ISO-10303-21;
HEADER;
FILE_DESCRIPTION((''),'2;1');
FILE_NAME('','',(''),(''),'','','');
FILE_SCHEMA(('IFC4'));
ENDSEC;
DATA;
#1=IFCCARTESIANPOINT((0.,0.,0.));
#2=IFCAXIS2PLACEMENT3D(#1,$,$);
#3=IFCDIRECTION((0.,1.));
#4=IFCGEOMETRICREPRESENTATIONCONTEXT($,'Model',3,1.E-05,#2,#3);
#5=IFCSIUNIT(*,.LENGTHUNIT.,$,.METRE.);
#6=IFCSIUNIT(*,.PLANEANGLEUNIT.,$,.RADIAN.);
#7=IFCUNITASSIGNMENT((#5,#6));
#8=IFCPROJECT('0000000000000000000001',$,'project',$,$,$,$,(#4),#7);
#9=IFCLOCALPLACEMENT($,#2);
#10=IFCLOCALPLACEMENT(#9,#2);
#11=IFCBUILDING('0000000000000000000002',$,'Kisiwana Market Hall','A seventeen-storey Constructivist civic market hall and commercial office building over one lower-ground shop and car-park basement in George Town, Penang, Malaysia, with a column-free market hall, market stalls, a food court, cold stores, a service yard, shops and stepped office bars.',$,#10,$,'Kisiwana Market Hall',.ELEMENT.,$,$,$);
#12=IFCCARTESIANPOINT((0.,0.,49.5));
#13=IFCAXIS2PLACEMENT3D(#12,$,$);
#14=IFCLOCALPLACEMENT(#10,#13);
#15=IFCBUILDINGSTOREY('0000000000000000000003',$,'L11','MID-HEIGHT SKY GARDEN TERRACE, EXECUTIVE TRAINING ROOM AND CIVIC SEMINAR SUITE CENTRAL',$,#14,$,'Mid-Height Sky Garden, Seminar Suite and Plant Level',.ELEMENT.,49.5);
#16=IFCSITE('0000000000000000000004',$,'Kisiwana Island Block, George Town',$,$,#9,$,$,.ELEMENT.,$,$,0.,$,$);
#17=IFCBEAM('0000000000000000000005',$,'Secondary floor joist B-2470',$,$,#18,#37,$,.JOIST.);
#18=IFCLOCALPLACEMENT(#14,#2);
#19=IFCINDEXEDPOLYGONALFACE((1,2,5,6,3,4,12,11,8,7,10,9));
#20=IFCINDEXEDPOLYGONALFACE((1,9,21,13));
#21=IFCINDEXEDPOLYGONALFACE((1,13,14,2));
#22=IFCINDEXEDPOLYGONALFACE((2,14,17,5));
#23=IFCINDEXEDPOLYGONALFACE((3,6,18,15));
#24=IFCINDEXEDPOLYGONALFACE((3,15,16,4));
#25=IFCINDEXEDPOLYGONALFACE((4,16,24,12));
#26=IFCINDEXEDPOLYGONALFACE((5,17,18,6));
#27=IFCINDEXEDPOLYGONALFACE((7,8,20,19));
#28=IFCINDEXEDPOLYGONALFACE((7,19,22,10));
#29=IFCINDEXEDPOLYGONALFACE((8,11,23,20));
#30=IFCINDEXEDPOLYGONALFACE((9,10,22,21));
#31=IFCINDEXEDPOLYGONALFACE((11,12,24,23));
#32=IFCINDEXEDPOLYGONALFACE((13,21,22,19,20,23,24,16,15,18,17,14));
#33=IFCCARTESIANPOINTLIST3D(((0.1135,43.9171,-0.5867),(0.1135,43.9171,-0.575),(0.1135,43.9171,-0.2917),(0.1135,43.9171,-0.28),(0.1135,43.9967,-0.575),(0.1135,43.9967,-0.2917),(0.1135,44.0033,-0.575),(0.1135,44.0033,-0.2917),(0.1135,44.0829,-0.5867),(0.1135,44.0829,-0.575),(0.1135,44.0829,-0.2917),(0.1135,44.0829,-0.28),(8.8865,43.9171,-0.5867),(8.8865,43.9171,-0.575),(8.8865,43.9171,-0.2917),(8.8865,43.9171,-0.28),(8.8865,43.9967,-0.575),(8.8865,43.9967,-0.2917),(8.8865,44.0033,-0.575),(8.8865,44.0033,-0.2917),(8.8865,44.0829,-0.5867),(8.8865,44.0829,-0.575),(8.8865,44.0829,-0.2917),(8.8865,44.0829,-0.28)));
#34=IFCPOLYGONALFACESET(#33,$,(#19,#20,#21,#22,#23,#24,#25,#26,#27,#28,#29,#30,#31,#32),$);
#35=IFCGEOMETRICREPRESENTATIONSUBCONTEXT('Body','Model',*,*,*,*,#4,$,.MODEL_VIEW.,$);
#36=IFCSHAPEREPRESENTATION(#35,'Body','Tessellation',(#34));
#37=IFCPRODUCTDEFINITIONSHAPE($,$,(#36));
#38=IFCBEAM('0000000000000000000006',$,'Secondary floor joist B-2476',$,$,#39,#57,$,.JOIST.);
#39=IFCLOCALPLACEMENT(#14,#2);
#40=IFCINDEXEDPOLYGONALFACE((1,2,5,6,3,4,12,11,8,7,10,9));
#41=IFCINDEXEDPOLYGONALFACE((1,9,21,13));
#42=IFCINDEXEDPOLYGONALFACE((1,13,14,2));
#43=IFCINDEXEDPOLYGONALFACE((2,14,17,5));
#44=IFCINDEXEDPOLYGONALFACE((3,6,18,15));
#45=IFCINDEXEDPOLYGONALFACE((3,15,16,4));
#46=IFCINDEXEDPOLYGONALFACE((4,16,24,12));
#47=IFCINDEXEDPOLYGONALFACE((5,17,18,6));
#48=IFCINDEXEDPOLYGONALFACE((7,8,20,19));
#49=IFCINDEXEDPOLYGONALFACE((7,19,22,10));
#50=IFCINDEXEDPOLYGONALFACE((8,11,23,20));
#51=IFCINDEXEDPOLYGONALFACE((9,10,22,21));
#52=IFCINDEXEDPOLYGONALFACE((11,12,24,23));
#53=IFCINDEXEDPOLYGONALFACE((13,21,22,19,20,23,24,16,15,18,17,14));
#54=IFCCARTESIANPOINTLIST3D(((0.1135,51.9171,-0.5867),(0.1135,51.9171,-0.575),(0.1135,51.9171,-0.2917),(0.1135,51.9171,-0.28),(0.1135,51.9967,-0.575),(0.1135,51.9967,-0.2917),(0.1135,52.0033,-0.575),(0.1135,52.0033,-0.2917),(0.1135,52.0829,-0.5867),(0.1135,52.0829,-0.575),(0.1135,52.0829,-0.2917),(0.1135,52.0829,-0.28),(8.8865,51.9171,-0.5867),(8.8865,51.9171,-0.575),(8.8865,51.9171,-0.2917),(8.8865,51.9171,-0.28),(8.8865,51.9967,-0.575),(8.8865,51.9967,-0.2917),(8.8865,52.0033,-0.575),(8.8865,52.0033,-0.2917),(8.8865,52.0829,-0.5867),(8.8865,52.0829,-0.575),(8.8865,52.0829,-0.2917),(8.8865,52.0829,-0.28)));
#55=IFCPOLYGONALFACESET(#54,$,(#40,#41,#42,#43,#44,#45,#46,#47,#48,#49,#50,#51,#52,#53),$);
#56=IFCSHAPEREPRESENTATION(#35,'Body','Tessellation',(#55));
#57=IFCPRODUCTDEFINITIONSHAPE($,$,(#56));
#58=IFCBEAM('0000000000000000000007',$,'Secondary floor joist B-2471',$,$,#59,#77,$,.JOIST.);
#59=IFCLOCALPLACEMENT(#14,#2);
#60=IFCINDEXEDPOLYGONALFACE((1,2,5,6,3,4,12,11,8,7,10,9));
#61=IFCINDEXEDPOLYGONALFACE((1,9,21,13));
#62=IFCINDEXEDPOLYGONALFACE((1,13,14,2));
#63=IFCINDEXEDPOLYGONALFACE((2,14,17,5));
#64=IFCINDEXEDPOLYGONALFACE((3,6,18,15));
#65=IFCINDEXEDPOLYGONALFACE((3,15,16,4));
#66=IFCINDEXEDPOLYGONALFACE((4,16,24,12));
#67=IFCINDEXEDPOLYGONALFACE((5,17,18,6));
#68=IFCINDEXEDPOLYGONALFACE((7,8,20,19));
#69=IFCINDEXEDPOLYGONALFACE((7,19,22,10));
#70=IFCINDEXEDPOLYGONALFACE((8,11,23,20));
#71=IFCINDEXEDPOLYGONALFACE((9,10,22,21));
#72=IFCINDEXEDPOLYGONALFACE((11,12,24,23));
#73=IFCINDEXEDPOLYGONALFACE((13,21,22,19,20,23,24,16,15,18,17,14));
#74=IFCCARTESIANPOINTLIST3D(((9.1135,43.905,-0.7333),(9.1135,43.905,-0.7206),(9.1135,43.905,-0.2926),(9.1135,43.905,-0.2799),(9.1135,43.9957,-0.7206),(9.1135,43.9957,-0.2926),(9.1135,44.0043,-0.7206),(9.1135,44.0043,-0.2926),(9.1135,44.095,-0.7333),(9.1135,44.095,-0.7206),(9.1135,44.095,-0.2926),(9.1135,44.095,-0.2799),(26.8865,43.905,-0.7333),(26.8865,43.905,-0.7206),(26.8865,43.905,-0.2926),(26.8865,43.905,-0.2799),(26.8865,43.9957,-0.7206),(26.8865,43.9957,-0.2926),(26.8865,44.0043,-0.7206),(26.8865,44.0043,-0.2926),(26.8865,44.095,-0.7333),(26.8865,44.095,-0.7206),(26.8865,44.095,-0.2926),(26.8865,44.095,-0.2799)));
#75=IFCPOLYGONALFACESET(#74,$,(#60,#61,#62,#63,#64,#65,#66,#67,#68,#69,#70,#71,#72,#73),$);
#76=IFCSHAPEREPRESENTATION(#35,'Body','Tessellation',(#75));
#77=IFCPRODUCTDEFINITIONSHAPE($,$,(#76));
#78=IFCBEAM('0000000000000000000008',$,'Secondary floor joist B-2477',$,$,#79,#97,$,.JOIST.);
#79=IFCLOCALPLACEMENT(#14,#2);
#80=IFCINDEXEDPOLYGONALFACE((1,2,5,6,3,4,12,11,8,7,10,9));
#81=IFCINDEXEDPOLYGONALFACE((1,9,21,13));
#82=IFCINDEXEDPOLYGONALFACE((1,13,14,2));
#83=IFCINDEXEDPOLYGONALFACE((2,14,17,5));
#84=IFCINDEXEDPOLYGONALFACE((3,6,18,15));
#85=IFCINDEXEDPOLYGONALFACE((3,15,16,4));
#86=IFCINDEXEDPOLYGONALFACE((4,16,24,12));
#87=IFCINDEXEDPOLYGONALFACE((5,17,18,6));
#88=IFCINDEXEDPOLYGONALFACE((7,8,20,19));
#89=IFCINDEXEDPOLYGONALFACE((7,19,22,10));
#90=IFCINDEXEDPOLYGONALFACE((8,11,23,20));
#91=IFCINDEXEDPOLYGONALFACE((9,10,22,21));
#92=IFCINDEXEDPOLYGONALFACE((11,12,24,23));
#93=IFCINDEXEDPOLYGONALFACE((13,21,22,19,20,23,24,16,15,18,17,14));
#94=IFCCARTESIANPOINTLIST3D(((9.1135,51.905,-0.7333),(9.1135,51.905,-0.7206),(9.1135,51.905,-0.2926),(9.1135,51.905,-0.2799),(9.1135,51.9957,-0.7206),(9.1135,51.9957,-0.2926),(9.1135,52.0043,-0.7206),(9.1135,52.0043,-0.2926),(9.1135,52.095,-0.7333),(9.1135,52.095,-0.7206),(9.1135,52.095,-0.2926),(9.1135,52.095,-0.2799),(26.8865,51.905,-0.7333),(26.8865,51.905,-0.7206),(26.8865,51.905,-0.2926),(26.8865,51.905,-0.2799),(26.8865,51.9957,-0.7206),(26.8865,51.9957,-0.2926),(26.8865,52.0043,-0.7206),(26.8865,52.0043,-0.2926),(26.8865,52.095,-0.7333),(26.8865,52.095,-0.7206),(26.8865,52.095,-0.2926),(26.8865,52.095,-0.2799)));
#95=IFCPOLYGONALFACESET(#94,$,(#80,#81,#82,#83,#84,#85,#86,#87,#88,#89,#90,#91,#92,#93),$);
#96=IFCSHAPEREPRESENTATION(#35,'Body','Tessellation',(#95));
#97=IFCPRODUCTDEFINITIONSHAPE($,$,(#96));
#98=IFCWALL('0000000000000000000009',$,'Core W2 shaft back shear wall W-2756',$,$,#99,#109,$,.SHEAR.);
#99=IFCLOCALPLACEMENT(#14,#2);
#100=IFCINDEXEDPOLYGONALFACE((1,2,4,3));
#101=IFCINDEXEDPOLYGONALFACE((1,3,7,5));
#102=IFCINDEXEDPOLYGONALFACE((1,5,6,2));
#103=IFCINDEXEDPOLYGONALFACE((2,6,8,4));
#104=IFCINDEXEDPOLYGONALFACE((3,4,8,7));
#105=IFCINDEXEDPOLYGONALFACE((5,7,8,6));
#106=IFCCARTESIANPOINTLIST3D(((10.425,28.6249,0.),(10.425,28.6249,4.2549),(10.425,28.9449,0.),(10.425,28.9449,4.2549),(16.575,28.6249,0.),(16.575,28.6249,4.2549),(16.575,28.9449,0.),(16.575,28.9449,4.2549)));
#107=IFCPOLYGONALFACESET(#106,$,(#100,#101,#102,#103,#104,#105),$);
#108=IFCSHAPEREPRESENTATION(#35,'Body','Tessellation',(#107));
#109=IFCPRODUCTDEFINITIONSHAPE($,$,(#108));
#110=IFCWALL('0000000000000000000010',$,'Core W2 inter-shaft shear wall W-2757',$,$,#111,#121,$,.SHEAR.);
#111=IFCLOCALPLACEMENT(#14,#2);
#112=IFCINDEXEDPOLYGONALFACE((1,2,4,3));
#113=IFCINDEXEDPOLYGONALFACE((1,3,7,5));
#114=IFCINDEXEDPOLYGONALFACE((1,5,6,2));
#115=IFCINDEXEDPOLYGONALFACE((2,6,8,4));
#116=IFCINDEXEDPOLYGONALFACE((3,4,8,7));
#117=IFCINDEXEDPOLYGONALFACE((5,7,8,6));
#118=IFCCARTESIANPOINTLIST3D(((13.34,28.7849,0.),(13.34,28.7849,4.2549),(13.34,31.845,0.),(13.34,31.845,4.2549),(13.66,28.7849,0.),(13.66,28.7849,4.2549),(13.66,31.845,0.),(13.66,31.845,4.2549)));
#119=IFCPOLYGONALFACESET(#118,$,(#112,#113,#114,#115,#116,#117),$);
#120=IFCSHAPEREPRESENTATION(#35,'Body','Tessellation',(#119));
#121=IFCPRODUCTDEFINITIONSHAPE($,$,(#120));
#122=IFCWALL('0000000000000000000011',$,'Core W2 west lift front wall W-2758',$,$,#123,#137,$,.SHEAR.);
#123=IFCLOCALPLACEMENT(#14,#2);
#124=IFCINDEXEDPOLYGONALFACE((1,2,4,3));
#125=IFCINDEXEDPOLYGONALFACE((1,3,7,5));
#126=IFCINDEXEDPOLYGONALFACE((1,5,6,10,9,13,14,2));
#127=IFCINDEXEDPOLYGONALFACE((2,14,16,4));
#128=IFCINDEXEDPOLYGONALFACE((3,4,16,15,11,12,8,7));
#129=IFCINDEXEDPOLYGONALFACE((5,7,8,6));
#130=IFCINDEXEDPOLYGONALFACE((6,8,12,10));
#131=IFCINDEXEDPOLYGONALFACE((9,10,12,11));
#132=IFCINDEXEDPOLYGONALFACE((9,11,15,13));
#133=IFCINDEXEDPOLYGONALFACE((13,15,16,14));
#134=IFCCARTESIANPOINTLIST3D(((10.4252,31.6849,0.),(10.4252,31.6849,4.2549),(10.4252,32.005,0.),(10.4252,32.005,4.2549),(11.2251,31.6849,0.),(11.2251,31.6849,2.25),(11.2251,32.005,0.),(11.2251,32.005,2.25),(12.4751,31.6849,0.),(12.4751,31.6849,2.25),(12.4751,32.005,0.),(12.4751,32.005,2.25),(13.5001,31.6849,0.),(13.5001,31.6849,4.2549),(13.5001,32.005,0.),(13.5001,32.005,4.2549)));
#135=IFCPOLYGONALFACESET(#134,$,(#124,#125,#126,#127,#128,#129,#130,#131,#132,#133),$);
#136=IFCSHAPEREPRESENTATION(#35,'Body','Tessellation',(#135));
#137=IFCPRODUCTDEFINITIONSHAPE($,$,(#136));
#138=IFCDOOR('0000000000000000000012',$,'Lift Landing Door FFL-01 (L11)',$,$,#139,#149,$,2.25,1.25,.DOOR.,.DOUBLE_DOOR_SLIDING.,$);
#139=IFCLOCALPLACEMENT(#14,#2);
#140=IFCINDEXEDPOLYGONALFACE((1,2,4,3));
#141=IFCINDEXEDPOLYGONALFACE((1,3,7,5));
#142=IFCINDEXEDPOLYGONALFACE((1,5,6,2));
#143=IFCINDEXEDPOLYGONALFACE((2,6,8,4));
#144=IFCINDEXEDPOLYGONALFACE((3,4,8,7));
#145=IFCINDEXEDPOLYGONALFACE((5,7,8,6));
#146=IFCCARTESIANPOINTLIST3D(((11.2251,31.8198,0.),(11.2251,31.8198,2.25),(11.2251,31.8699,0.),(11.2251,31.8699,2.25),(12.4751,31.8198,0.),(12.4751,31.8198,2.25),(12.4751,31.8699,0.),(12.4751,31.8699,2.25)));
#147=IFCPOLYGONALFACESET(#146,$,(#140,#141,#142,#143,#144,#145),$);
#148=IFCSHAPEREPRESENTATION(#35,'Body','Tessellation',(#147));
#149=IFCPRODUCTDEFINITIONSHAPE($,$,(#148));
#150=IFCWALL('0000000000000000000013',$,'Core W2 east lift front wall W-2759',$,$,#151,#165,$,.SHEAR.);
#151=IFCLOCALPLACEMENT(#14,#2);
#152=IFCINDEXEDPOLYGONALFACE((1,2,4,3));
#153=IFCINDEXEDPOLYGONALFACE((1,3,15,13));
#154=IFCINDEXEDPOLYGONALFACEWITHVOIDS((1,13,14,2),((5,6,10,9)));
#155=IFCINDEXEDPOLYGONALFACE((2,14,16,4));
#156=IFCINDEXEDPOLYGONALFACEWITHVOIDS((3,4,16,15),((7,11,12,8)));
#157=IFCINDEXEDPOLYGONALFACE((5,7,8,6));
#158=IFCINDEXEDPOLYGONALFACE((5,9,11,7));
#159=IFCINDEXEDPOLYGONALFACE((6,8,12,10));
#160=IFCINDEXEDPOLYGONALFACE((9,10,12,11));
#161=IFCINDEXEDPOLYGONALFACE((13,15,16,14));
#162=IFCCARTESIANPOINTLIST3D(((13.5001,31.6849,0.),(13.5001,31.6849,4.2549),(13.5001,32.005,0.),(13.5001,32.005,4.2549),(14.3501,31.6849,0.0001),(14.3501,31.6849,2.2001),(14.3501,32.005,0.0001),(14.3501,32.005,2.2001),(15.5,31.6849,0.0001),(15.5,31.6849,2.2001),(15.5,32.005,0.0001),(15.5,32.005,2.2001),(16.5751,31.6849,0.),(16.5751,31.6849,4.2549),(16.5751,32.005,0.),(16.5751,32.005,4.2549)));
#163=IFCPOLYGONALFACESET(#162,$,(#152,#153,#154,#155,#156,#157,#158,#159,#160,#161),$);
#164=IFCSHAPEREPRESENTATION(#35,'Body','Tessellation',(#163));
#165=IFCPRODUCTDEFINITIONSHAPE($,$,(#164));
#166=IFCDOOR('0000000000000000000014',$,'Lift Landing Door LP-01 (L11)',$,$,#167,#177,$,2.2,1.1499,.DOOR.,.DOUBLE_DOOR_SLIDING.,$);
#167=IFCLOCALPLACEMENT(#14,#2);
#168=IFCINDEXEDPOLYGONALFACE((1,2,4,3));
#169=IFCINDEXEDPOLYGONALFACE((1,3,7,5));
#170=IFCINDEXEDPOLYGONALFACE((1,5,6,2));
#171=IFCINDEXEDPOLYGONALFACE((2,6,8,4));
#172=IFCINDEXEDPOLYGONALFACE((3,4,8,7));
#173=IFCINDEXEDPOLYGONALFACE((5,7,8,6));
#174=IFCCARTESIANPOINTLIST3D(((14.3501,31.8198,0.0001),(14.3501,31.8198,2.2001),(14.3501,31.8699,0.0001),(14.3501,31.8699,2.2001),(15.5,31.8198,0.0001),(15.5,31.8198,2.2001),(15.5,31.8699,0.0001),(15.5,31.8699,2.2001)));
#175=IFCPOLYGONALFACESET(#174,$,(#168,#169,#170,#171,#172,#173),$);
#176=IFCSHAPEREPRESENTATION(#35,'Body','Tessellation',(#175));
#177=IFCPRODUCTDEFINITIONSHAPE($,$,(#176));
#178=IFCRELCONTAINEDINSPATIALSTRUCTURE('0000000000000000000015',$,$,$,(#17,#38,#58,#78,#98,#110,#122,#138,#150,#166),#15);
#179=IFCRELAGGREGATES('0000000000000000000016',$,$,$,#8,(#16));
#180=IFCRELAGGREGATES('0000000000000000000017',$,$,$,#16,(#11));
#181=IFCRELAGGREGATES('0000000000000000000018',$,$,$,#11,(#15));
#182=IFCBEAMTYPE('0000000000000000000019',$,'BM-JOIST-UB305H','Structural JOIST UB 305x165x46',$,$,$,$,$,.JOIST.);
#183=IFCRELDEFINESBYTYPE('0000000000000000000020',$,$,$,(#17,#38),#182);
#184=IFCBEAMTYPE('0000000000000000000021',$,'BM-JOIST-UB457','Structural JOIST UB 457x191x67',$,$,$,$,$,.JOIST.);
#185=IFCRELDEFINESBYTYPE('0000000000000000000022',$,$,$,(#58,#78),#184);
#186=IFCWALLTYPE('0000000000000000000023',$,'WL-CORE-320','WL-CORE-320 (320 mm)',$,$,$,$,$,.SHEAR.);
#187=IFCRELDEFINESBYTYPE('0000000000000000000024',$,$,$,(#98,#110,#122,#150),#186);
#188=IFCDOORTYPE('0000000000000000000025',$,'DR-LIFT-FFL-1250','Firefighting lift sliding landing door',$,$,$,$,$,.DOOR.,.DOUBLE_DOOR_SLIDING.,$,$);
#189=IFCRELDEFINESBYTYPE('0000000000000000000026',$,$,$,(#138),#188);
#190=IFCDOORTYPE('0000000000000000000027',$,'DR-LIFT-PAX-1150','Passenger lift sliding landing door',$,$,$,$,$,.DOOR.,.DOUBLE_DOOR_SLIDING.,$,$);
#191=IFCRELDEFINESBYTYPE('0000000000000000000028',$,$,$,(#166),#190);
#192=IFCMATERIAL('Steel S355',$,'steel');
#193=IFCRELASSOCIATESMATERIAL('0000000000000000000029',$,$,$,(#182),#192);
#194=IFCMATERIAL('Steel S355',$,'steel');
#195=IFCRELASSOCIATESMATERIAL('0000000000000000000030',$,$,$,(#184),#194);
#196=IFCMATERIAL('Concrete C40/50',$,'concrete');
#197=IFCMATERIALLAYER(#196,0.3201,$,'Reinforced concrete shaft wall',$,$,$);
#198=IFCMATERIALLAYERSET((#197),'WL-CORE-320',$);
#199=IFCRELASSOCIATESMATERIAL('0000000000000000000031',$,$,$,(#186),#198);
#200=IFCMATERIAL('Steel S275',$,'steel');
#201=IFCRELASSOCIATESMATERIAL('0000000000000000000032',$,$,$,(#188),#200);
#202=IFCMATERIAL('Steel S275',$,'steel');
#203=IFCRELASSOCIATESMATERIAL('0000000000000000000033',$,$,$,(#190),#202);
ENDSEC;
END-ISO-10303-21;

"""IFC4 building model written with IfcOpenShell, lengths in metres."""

from ifc_helpers import new_model, si_unit, direction, frame, frame_2d, origin, origin_2d, place, context, subcontext, project, spatial, rectangle, i_section, extrude, material, layer, layer_set, material_profile, profile_set, type_object, element, fill, save


model = new_model("IFC4")

# Units and contexts
model_context = context("Model", 3, precision=1e-05, world=origin(), true_north=direction((0.0, 1.0)))
body_context = subcontext(model_context, "Body", "Model", "MODEL_VIEW")
ifc_project = project(units=[si_unit("LENGTHUNIT", "METRE"), si_unit("PLANEANGLEUNIT", "RADIAN")], contexts=[model_context])

# Site, building, storey
site_placement = place(None, origin())
site = spatial("IfcSite", under=ifc_project, at=site_placement, Name="Kisiwana Island Block, George Town", CompositionType="ELEMENT", RefElevation=0.0)
building_placement = place(site_placement, origin())
building = spatial("IfcBuilding", under=site, at=building_placement, Name="Kisiwana Market Hall", Description="A seventeen-storey Constructivist civic market hall and commercial office building over one lower-ground shop and car-park basement in George Town, Penang, Malaysia, with a column-free market hall, market stalls, a food court, cold stores, a service yard, shops and stepped office bars.", LongName="Kisiwana Market Hall", CompositionType="ELEMENT")
storey_placement = place(building_placement, frame((0.0, 0.0, 49.5)))
storey = spatial("IfcBuildingStorey", under=building, at=storey_placement, Name="L11", Description="MID-HEIGHT SKY GARDEN TERRACE, EXECUTIVE TRAINING ROOM AND CIVIC SEMINAR SUITE CENTRAL", LongName="Mid-Height Sky Garden, Seminar Suite and Plant Level", CompositionType="ELEMENT", Elevation=49.5)

# Beams
ifc_material_1 = material(Name="Steel S355", Category="steel")
ifc_material_profile_1 = material_profile(ifc_material_1, i_section(OverallWidth=0.1658, OverallDepth=0.3066, WebThickness=0.0066, FlangeThickness=0.0117, at=origin_2d()), Name="UB 305x165x46")
ifc_profile_set_1 = profile_set([ifc_material_profile_1], Name="Steel S355")
beam_type_1 = type_object("IfcBeamType", Name="BM-JOIST-UB305H", Description="Structural JOIST UB 305x165x46", PredefinedType="JOIST", material=ifc_profile_set_1)
for number, where, z_axis, x_axis, name in (
    (1, (0.1135, 44.0, -0.4333), (1.0, 0.0, 0.0), (0.0, 1.0, 0.0), "Secondary floor joist B-2470"),
    (2, (0.1135, 52.0, -0.4333), (1.0, 0.0, 0.0), (0.0, 1.0, 0.0), "Secondary floor joist B-2476"),
):
    element("IfcBeam", number, at=place(storey_placement, frame(where, z_axis=z_axis, x_axis=x_axis)), inside=storey, type_object=beam_type_1, Name=name, PredefinedType="JOIST", context=body_context, shape_type="SweptSolid", body=[
        extrude(i_section(OverallWidth=0.1658, OverallDepth=0.3066, WebThickness=0.0066, FlangeThickness=0.0117, at=origin_2d()), origin(), (0.0, 0.0, 1.0), 8.7729),
    ])
ifc_material_2 = material(Name="Steel S355", Category="steel")
ifc_material_profile_2 = material_profile(ifc_material_2, i_section(OverallWidth=0.1899, OverallDepth=0.4534, WebThickness=0.0085, FlangeThickness=0.0127, at=origin_2d()), Name="UB 457x191x67")
ifc_profile_set_2 = profile_set([ifc_material_profile_2], Name="Steel S355")
beam_type_2 = type_object("IfcBeamType", Name="BM-JOIST-UB457", Description="Structural JOIST UB 457x191x67", PredefinedType="JOIST", material=ifc_profile_set_2)
for number, where, z_axis, x_axis, name in (
    (3, (9.1135, 44.0, -0.5066), (1.0, 0.0, 0.0), (0.0, 1.0, 0.0), "Secondary floor joist B-2471"),
    (4, (9.1135, 52.0, -0.5066), (1.0, 0.0, 0.0), (0.0, 1.0, 0.0), "Secondary floor joist B-2477"),
):
    element("IfcBeam", number, at=place(storey_placement, frame(where, z_axis=z_axis, x_axis=x_axis)), inside=storey, type_object=beam_type_2, Name=name, PredefinedType="JOIST", context=body_context, shape_type="SweptSolid", body=[
        extrude(i_section(OverallWidth=0.1899, OverallDepth=0.4534, WebThickness=0.0085, FlangeThickness=0.0127, at=origin_2d()), origin(), (0.0, 0.0, 1.0), 17.7729),
    ])

# Walls
ifc_material_3 = material(Name="Concrete C40/50", Category="concrete")
ifc_layer_1 = layer(ifc_material_3, 0.3201, Name="Reinforced concrete shaft wall")
ifc_layer_set_1 = layer_set([ifc_layer_1], Name="WL-CORE-320")
wall_type_1 = type_object("IfcWallType", Name="WL-CORE-320", Description="WL-CORE-320 (320 mm)", PredefinedType="SHEAR", material=ifc_layer_set_1)
wall_1_placement = place(storey_placement, frame((10.425, 28.7849, 0.0), z_axis=(0.0, 0.0, 1.0), x_axis=(1.0, 0.0, 0.0)))
element("IfcWall", 5, at=wall_1_placement, inside=storey, type_object=wall_type_1, Name="Core W2 shaft back shear wall W-2756", PredefinedType="SHEAR", context=body_context, shape_type="SweptSolid", body=[
    extrude(rectangle(XDim=6.1499, YDim=0.3201, at=frame_2d((3.075, 0.0))), origin(), (0.0, 0.0, 1.0), 4.2549),
])
wall_2_placement = place(storey_placement, frame((13.5, 28.7849, 0.0), z_axis=(0.0, 0.0, 1.0), x_axis=(0.0, 1.0, 0.0)))
element("IfcWall", 6, at=wall_2_placement, inside=storey, type_object=wall_type_1, Name="Core W2 inter-shaft shear wall W-2757", PredefinedType="SHEAR", context=body_context, shape_type="SweptSolid", body=[
    extrude(rectangle(XDim=3.0601, YDim=0.3201, at=frame_2d((1.53, 0.0))), origin(), (0.0, 0.0, 1.0), 4.2549),
])

# Walls, openings, doors
wall_3_placement = place(storey_placement, frame((10.425, 31.845, 0.0), z_axis=(0.0, 0.0, 1.0), x_axis=(1.0, 0.0, 0.0)))
wall_3 = element("IfcWall", 7, at=wall_3_placement, inside=storey, type_object=wall_type_1, Name="Core W2 west lift front wall W-2758", PredefinedType="SHEAR", context=body_context, shape_type="SweptSolid", body=[
    extrude(rectangle(XDim=3.075, YDim=0.3201, at=frame_2d((1.5376, 0.0))), origin(), (0.0, 0.0, 1.0), 4.2549),
])
opening_1_placement = place(wall_3_placement, frame((0.8, 0.0, 0.0)))
opening_1 = element("IfcOpeningElement", 8, at=opening_1_placement, cuts=wall_3, PredefinedType="OPENING", context=body_context, shape_type="SweptSolid", body=[
    extrude(rectangle(XDim=1.25, YDim=2.25, at=frame_2d((0.625, 1.125))), frame((0.0, 0.1719, 0.0), z_axis=(0.0, -1.0, 0.0), x_axis=(1.0, 0.0, 0.0)), (0.0, 0.0, 1.0), 0.344),
])
ifc_material_4 = material(Name="Steel S275", Category="steel")
door_type_1 = type_object("IfcDoorType", Name="DR-LIFT-FFL-1250", Description="Firefighting lift sliding landing door", OperationType="DOUBLE_DOOR_SLIDING", PredefinedType="DOOR", material=ifc_material_4)
door_1_placement = place(opening_1_placement, origin())
door_1 = element("IfcDoor", 9, at=door_1_placement, inside=storey, type_object=door_type_1, Name="Lift Landing Door FFL-01 (L11)", OperationType="DOUBLE_DOOR_SLIDING", OverallHeight=2.25, OverallWidth=1.25, PredefinedType="DOOR", context=body_context, shape_type="SweptSolid", body=[
    extrude(rectangle(XDim=1.25, YDim=2.25, at=frame_2d((0.625, 1.125))), frame((0.0, 0.0249, 0.0), z_axis=(0.0, -1.0, 0.0), x_axis=(1.0, 0.0, 0.0)), (0.0, 0.0, 1.0), 0.05),
])
fill(opening_1, door_1)
wall_4_placement = place(storey_placement, frame((13.5, 31.845, 0.0), z_axis=(0.0, 0.0, 1.0), x_axis=(1.0, 0.0, 0.0)))
wall_4 = element("IfcWall", 10, at=wall_4_placement, inside=storey, type_object=wall_type_1, Name="Core W2 east lift front wall W-2759", PredefinedType="SHEAR", context=body_context, shape_type="SweptSolid", body=[
    extrude(rectangle(XDim=3.075, YDim=0.3201, at=frame_2d((1.5376, 0.0))), origin(), (0.0, 0.0, 1.0), 4.2549),
])
opening_2_placement = place(wall_4_placement, frame((0.8501, 0.0, 0.0)))
opening_2 = element("IfcOpeningElement", 11, at=opening_2_placement, cuts=wall_4, PredefinedType="OPENING", context=body_context, shape_type="SweptSolid", body=[
    extrude(rectangle(XDim=1.1499, YDim=2.2, at=frame_2d((0.575, 1.1001))), frame((0.0, 0.1719, 0.0), z_axis=(0.0, -1.0, 0.0), x_axis=(1.0, 0.0, 0.0)), (0.0, 0.0, 1.0), 0.344),
])
ifc_material_5 = material(Name="Steel S275", Category="steel")
door_type_2 = type_object("IfcDoorType", Name="DR-LIFT-PAX-1150", Description="Passenger lift sliding landing door", OperationType="DOUBLE_DOOR_SLIDING", PredefinedType="DOOR", material=ifc_material_5)
door_2_placement = place(opening_2_placement, origin())
door_2 = element("IfcDoor", 12, at=door_2_placement, inside=storey, type_object=door_type_2, Name="Lift Landing Door LP-01 (L11)", OperationType="DOUBLE_DOOR_SLIDING", OverallHeight=2.2, OverallWidth=1.1499, PredefinedType="DOOR", context=body_context, shape_type="SweptSolid", body=[
    extrude(rectangle(XDim=1.1499, YDim=2.2, at=frame_2d((0.575, 1.1001))), frame((0.0, 0.0249, 0.0), z_axis=(0.0, -1.0, 0.0), x_axis=(1.0, 0.0, 0.0)), (0.0, 0.0, 1.0), 0.05),
])
fill(opening_2, door_2)

save(model, "model.ifc")
